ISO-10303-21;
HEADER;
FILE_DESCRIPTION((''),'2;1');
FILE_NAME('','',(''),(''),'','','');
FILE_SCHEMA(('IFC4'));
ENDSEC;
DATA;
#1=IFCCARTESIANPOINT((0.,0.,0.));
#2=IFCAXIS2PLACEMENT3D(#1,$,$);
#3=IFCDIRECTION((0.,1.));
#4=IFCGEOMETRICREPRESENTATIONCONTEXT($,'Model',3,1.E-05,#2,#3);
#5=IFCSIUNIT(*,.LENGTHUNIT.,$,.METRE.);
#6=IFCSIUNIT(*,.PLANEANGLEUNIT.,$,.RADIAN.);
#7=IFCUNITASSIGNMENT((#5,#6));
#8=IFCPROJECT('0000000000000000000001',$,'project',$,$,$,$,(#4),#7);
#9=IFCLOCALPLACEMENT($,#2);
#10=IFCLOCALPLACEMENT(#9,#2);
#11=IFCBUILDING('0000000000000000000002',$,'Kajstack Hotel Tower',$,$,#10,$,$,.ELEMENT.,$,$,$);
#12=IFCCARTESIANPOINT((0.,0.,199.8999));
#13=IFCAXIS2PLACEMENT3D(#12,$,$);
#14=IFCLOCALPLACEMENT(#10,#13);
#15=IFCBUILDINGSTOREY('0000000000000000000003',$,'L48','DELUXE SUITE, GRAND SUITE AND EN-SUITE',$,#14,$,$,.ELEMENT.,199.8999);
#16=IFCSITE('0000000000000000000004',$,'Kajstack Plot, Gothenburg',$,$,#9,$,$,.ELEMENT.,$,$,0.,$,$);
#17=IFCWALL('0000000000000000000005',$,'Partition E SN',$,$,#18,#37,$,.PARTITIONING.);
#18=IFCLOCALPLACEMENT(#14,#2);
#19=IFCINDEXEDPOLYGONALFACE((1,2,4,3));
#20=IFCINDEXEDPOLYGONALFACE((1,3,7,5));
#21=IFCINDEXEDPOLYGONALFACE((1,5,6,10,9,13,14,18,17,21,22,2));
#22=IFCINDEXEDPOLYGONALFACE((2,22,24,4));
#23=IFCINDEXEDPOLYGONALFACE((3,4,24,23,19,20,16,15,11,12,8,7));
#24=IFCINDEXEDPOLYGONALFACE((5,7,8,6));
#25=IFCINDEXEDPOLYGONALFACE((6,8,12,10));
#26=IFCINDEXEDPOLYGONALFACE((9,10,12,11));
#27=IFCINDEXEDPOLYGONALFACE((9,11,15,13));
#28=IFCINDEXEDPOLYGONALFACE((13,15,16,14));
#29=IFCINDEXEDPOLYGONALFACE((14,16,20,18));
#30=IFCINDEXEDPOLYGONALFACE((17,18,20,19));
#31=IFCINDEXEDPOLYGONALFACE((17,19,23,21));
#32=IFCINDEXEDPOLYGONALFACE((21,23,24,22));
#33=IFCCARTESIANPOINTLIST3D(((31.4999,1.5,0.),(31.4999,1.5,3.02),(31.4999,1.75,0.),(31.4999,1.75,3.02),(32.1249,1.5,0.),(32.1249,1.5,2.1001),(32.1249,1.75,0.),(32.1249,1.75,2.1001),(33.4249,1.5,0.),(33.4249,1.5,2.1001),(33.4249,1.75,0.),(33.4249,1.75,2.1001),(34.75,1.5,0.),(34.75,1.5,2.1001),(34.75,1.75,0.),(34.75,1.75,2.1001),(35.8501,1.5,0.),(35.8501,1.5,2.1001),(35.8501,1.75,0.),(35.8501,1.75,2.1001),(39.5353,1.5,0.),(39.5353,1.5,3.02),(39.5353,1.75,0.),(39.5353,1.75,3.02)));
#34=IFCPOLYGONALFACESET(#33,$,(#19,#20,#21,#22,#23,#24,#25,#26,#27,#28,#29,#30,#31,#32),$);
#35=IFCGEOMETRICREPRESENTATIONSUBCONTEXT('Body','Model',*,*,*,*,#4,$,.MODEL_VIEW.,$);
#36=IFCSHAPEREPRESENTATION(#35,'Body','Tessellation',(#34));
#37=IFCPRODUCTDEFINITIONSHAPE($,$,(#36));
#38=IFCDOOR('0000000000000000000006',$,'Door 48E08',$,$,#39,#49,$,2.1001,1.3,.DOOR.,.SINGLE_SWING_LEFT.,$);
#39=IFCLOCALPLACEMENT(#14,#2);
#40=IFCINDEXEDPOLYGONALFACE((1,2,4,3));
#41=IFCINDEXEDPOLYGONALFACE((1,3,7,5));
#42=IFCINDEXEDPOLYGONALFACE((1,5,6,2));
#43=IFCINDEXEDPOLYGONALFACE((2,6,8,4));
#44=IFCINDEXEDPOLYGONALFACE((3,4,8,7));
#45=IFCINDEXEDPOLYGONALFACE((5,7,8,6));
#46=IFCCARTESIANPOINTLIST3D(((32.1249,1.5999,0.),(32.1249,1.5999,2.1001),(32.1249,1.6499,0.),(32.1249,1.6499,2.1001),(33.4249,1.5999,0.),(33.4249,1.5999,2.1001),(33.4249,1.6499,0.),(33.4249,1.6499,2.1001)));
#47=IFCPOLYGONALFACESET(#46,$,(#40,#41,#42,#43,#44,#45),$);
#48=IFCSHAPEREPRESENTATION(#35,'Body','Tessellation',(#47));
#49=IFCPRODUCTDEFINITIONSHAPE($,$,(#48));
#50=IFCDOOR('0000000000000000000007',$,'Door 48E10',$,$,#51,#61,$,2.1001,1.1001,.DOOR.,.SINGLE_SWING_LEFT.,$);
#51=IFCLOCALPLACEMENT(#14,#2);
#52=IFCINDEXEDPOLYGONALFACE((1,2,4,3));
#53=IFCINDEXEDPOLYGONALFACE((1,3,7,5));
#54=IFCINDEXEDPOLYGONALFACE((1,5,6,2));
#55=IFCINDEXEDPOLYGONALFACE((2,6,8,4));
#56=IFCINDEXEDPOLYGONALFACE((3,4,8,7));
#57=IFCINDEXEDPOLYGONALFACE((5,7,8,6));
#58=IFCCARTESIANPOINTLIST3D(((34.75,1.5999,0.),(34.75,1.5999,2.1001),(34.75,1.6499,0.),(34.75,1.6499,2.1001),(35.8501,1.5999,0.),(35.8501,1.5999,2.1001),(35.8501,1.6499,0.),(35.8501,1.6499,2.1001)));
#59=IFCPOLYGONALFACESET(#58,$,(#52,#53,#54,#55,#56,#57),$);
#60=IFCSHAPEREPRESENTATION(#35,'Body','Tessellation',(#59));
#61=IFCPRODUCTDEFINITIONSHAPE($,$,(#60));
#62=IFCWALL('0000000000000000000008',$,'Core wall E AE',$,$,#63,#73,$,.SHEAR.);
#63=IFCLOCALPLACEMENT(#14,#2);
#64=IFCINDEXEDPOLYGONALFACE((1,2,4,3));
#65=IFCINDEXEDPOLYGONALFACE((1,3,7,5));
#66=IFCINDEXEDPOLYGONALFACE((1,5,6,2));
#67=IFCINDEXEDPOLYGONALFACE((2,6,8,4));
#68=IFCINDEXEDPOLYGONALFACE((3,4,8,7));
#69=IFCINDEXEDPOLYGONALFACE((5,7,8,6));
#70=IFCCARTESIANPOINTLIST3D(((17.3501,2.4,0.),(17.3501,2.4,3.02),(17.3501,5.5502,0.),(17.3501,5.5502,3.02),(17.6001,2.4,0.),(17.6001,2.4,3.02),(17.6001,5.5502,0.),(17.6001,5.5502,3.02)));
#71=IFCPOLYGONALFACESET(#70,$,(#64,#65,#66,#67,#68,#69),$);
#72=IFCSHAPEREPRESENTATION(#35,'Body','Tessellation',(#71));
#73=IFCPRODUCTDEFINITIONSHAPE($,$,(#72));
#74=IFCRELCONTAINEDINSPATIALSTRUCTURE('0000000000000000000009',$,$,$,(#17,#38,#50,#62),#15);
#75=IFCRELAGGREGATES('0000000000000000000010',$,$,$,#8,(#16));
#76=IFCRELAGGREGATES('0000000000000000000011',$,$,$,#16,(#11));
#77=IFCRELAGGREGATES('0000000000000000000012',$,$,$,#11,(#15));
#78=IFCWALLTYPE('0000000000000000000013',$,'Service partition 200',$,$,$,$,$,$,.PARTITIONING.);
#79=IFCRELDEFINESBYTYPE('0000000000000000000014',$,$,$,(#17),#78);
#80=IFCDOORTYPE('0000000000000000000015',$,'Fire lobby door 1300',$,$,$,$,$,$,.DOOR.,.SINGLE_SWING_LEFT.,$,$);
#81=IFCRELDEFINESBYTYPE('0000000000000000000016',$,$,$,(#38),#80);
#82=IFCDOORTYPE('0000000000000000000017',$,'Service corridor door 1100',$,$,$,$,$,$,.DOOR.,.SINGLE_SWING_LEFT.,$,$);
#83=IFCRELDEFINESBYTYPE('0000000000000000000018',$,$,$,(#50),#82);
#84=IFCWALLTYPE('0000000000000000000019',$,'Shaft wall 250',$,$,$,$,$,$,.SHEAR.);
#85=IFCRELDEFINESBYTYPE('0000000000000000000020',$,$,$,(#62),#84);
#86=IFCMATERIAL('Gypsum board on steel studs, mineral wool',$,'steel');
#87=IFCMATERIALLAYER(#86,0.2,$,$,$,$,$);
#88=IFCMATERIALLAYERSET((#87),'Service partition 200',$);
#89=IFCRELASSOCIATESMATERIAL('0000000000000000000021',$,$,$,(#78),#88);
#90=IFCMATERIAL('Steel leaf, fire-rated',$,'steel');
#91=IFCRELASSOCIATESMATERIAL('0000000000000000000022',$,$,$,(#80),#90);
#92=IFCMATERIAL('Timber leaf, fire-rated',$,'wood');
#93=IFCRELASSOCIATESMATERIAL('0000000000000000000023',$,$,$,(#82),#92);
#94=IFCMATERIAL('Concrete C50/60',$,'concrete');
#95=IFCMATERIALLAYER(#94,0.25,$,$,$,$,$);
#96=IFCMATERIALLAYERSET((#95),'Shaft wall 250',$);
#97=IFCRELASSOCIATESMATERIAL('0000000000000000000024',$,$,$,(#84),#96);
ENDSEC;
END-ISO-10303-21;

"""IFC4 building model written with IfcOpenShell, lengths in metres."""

from ifc_helpers import new_model, si_unit, direction, frame, frame_2d, origin, place, context, subcontext, project, spatial, rectangle, extrude, material, layer, layer_set, type_object, element, fill, save


model = new_model("IFC4")

# Units and contexts
model_context = context("Model", 3, precision=1e-05, world=origin(), true_north=direction((0.0, 1.0)))
body_context = subcontext(model_context, "Body", "Model", "MODEL_VIEW")
ifc_project = project(units=[si_unit("LENGTHUNIT", "METRE"), si_unit("PLANEANGLEUNIT", "RADIAN")], contexts=[model_context])

# Site, building, storey
site_placement = place(None, origin())
site = spatial("IfcSite", under=ifc_project, at=site_placement, Name="Kajstack Plot, Gothenburg", CompositionType="ELEMENT", RefElevation=0.0)
building_placement = place(site_placement, origin())
building = spatial("IfcBuilding", under=site, at=building_placement, Name="Kajstack Hotel Tower", CompositionType="ELEMENT")
storey_placement = place(building_placement, frame((0.0, 0.0, 199.8999)))
storey = spatial("IfcBuildingStorey", under=building, at=storey_placement, Name="L48", Description="DELUXE SUITE, GRAND SUITE AND EN-SUITE", CompositionType="ELEMENT", Elevation=199.8999)

# Shared definitions
ifc_material_1 = material(Name="Concrete C50/60", Category="concrete")

# Wall, openings, doors
ifc_material_2 = material(Name="Gypsum board on steel studs, mineral wool", Category="steel")
ifc_layer_1 = layer(ifc_material_2, 0.2)
ifc_layer_set_1 = layer_set([ifc_layer_1], Name="Service partition 200")
wall_type_1 = type_object("IfcWallType", Name="Service partition 200", PredefinedType="PARTITIONING", material=ifc_layer_set_1)
wall_1_placement = place(storey_placement, frame((31.5, 1.625, 0.0), z_axis=(0.0, 0.0, 1.0), x_axis=(1.0, 0.0, 0.0)))
wall_1 = element("IfcWall", 1, at=wall_1_placement, inside=storey, type_object=wall_type_1, Name="Partition E SN", PredefinedType="PARTITIONING", context=body_context, shape_type="SweptSolid", body=[
    extrude(rectangle(XDim=8.0354, YDim=0.25, at=frame_2d((4.0176, 0.0))), origin(), (0.0, 0.0, 1.0), 3.02),
])
opening_1_placement = place(wall_1_placement, frame((0.625, 0.0, 0.0)))
opening_1 = element("IfcOpeningElement", 2, at=opening_1_placement, cuts=wall_1, PredefinedType="OPENING", context=body_context, shape_type="SweptSolid", body=[
    extrude(rectangle(XDim=1.3, YDim=2.1001, at=frame_2d((0.6499, 1.05))), frame((0.0, 0.135, 0.0), z_axis=(0.0, -1.0, 0.0), x_axis=(1.0, 0.0, 0.0)), (0.0, 0.0, 1.0), 0.27),
])
opening_2_placement = place(wall_1_placement, frame((3.25, 0.0, 0.0)))
opening_2 = element("IfcOpeningElement", 3, at=opening_2_placement, cuts=wall_1, PredefinedType="OPENING", context=body_context, shape_type="SweptSolid", body=[
    extrude(rectangle(XDim=1.1001, YDim=2.1001, at=frame_2d((0.55, 1.05))), frame((0.0, 0.135, 0.0), z_axis=(0.0, -1.0, 0.0), x_axis=(1.0, 0.0, 0.0)), (0.0, 0.0, 1.0), 0.27),
])
ifc_material_3 = material(Name="Steel leaf, fire-rated", Category="steel")
door_type_1 = type_object("IfcDoorType", Name="Fire lobby door 1300", OperationType="SINGLE_SWING_LEFT", PredefinedType="DOOR", material=ifc_material_3)
door_1_placement = place(opening_1_placement, origin())
door_1 = element("IfcDoor", 4, at=door_1_placement, inside=storey, type_object=door_type_1, Name="Door 48E08", OperationType="SINGLE_SWING_LEFT", OverallHeight=2.1001, OverallWidth=1.3, PredefinedType="DOOR", context=body_context, shape_type="SweptSolid", body=[
    extrude(rectangle(XDim=1.3, YDim=2.1001, at=frame_2d((0.6499, 1.05))), frame((0.0, 0.0249, 0.0), z_axis=(0.0, -1.0, 0.0), x_axis=(1.0, 0.0, 0.0)), (0.0, 0.0, 1.0), 0.05),
])
fill(opening_1, door_1)
ifc_material_4 = material(Name="Timber leaf, fire-rated", Category="wood")
door_type_2 = type_object("IfcDoorType", Name="Service corridor door 1100", OperationType="SINGLE_SWING_LEFT", PredefinedType="DOOR", material=ifc_material_4)
door_2_placement = place(opening_2_placement, origin())
door_2 = element("IfcDoor", 5, at=door_2_placement, inside=storey, type_object=door_type_2, Name="Door 48E10", OperationType="SINGLE_SWING_LEFT", OverallHeight=2.1001, OverallWidth=1.1001, PredefinedType="DOOR", context=body_context, shape_type="SweptSolid", body=[
    extrude(rectangle(XDim=1.1001, YDim=2.1001, at=frame_2d((0.55, 1.05))), frame((0.0, 0.0249, 0.0), z_axis=(0.0, -1.0, 0.0), x_axis=(1.0, 0.0, 0.0)), (0.0, 0.0, 1.0), 0.05),
])
fill(opening_2, door_2)

# Wall
ifc_layer_2 = layer(ifc_material_1, 0.25)
ifc_layer_set_2 = layer_set([ifc_layer_2], Name="Shaft wall 250")
wall_type_2 = type_object("IfcWallType", Name="Shaft wall 250", PredefinedType="SHEAR", material=ifc_layer_set_2)
wall_2_placement = place(storey_placement, frame((17.4751, 2.3999, 0.0), z_axis=(0.0, 0.0, 1.0), x_axis=(0.0, 1.0, 0.0)))
element("IfcWall", 6, at=wall_2_placement, inside=storey, type_object=wall_type_2, Name="Core wall E AE", PredefinedType="SHEAR", context=body_context, shape_type="SweptSolid", body=[
    extrude(rectangle(XDim=3.1501, YDim=0.25, at=frame_2d((1.5752, 0.0))), origin(), (0.0, 0.0, 1.0), 3.02),
])

save(model, "model.ifc")
